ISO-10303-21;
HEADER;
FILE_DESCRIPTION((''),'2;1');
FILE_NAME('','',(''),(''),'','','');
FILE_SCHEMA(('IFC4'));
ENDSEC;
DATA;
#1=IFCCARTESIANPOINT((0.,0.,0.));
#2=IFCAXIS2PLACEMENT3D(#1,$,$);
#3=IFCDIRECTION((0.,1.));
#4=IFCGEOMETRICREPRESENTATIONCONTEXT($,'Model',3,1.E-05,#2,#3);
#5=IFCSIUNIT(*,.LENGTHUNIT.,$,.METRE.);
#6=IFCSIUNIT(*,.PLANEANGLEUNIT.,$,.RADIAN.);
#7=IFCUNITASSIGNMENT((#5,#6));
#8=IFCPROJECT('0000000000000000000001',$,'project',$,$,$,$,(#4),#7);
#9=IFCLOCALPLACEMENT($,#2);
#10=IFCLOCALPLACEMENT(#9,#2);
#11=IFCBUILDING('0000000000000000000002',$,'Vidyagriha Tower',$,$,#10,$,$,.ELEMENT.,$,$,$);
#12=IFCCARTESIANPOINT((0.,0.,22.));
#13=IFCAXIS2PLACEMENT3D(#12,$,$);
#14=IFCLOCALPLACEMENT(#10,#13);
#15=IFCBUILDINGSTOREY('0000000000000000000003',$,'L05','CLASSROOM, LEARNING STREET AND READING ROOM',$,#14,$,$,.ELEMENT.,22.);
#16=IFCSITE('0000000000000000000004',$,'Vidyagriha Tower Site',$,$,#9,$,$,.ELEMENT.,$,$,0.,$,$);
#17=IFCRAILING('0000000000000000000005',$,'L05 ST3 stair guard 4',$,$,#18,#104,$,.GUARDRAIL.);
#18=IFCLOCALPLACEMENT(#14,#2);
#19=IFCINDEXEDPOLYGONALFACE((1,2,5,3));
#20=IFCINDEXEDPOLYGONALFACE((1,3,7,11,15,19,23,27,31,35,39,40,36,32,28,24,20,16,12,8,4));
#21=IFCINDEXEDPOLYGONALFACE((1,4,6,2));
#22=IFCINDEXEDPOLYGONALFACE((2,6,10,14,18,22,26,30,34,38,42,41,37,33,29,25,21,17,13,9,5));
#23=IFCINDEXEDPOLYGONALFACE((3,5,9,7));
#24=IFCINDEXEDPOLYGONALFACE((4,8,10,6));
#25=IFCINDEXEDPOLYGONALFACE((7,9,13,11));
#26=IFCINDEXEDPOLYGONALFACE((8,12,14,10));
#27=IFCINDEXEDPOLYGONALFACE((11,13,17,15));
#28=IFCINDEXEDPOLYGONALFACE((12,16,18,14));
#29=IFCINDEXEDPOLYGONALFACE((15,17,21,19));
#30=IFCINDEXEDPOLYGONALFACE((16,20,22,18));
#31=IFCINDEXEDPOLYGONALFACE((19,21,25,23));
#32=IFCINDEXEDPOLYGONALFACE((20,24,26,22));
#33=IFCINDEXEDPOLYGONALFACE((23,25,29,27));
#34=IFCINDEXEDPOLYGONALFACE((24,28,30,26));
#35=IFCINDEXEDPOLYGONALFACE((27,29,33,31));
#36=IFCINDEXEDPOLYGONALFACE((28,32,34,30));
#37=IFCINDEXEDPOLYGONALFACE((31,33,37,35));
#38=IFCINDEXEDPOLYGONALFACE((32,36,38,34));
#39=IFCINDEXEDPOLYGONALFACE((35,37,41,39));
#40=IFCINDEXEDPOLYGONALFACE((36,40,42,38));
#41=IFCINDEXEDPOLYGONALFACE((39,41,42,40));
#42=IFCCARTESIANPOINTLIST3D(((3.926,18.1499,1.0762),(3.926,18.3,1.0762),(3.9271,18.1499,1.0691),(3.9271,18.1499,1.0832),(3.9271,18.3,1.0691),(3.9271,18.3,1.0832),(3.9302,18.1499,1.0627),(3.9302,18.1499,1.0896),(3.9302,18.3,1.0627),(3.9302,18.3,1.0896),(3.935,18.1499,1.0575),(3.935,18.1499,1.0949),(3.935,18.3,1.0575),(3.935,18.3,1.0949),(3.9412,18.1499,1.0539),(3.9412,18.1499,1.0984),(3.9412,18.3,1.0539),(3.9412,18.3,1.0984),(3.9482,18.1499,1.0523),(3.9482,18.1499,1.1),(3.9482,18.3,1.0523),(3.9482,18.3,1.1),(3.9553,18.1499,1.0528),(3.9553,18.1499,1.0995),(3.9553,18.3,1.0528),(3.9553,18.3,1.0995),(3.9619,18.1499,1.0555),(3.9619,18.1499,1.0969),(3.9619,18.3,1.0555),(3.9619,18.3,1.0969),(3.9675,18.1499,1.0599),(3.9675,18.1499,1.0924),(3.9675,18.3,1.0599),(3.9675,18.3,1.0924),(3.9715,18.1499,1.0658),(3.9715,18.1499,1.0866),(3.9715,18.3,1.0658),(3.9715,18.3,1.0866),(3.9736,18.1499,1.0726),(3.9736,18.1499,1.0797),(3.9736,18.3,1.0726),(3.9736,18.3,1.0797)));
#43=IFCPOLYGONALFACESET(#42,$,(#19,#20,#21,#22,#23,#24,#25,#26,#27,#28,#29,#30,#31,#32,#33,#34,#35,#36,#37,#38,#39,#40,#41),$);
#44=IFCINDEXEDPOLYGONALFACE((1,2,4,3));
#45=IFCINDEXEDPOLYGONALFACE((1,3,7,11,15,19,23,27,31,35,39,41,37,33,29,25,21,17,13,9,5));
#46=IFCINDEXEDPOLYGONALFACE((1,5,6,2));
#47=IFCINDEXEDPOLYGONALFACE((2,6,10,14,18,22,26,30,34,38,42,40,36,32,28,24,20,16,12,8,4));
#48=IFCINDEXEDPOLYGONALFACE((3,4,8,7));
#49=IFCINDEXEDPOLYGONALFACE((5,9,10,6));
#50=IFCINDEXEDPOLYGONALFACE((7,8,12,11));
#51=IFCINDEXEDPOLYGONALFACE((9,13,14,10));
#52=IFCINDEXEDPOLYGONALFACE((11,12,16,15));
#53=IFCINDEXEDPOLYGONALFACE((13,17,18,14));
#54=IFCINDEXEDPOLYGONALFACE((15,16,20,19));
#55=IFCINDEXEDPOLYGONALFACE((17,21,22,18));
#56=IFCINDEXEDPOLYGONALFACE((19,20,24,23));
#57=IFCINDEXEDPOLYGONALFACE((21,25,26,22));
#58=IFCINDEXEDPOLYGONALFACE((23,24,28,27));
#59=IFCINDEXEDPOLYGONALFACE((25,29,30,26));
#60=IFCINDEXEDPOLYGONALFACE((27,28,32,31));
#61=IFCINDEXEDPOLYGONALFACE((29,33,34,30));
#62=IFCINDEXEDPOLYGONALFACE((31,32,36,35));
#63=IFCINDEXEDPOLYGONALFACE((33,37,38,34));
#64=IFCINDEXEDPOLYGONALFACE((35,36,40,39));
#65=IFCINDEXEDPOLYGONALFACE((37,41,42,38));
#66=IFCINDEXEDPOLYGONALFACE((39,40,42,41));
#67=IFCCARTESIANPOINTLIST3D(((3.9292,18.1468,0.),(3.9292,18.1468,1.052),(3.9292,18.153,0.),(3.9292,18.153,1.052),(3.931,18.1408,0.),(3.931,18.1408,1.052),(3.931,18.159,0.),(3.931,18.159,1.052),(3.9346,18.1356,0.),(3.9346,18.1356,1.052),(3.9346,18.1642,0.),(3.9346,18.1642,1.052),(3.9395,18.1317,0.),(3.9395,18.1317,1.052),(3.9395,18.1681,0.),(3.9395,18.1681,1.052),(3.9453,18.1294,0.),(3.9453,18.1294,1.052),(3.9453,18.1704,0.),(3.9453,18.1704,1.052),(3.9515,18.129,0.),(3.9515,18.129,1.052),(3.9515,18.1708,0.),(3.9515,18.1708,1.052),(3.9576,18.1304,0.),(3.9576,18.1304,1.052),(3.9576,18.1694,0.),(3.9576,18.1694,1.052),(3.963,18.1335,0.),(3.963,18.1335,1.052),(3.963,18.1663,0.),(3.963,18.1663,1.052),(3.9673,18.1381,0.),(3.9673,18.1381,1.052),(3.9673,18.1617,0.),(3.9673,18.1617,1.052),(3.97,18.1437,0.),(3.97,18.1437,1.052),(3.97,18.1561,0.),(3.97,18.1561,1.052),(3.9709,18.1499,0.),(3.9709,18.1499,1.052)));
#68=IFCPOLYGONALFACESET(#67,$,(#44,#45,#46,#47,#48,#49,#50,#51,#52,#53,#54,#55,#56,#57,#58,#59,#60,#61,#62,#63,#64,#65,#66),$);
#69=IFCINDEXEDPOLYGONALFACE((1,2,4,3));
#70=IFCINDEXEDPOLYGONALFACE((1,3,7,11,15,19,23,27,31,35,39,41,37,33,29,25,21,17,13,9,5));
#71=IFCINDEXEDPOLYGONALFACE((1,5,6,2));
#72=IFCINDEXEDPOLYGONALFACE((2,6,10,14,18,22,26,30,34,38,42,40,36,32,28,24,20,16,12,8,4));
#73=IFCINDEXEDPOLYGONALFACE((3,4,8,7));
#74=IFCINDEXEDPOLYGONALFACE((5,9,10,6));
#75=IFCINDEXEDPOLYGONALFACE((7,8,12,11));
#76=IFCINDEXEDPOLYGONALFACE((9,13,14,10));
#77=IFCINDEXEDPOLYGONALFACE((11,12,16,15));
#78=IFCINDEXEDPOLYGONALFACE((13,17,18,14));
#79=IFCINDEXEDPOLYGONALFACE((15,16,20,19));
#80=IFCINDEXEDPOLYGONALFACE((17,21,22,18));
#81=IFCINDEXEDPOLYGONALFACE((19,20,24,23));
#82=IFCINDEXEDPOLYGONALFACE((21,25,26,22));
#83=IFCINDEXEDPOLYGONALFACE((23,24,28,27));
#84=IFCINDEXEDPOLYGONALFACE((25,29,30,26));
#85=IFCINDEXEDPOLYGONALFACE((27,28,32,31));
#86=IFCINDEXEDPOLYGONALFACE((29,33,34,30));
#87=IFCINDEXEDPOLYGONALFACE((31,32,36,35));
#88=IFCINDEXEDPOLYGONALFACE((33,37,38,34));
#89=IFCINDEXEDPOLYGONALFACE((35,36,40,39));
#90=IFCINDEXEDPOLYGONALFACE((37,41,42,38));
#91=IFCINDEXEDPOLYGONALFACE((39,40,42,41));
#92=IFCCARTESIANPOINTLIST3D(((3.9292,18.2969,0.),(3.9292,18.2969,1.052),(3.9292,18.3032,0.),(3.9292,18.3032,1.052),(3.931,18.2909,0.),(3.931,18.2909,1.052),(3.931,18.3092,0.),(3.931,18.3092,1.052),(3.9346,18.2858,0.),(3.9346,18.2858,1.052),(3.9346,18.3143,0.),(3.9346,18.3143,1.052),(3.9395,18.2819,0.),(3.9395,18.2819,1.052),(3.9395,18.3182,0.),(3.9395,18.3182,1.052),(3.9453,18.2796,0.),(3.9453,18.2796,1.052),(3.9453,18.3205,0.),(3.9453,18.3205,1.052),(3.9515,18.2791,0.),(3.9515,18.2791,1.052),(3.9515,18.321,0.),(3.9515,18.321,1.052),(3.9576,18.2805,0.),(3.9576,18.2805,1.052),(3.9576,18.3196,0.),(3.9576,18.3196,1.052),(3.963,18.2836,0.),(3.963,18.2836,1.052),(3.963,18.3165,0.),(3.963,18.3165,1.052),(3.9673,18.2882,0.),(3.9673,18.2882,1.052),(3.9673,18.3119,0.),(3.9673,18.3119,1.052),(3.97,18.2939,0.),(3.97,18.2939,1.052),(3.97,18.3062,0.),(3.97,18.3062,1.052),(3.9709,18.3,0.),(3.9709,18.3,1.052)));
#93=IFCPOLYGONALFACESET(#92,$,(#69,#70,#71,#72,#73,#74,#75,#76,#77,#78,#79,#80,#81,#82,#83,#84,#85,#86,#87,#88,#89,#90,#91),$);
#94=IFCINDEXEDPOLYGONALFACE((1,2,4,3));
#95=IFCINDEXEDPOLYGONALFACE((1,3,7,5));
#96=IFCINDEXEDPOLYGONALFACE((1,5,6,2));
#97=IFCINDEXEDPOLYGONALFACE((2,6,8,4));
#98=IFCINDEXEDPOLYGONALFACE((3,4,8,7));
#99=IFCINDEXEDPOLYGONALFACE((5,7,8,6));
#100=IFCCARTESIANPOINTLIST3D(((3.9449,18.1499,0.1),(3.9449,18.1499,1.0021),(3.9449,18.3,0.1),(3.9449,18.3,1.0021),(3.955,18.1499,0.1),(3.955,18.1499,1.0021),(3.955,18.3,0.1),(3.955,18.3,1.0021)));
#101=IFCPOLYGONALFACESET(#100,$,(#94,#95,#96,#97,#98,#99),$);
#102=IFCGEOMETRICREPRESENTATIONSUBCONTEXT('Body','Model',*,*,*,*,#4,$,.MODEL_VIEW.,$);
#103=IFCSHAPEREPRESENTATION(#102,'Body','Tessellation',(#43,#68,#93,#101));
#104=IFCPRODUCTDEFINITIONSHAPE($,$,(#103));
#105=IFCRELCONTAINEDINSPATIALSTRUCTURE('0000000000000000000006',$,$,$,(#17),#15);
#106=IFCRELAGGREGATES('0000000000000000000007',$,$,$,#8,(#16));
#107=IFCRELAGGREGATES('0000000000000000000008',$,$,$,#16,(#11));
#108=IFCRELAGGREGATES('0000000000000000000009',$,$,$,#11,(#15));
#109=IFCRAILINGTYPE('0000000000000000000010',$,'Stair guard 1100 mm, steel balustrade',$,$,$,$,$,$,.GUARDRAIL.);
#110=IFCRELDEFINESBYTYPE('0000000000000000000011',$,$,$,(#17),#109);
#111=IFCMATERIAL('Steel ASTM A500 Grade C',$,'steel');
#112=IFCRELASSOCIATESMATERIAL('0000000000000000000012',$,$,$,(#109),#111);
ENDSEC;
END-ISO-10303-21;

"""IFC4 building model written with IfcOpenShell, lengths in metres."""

from ifc_helpers import new_model, si_unit, direction, frame, origin, origin_2d, place, context, subcontext, project, spatial, rectangle, circle, extrude, material, type_object, element, save


model = new_model("IFC4")

# Units and contexts
model_context = context("Model", 3, precision=1e-05, world=origin(), true_north=direction((0.0, 1.0)))
body_context = subcontext(model_context, "Body", "Model", "MODEL_VIEW")
ifc_project = project(units=[si_unit("LENGTHUNIT", "METRE"), si_unit("PLANEANGLEUNIT", "RADIAN")], contexts=[model_context])

# Site, building, storey
site_placement = place(None, origin())
site = spatial("IfcSite", under=ifc_project, at=site_placement, Name="Vidyagriha Tower Site", CompositionType="ELEMENT", RefElevation=0.0)
building_placement = place(site_placement, origin())
building = spatial("IfcBuilding", under=site, at=building_placement, Name="Vidyagriha Tower", CompositionType="ELEMENT")
storey_placement = place(building_placement, frame((0.0, 0.0, 22.0)))
storey = spatial("IfcBuildingStorey", under=building, at=storey_placement, Name="L05", Description="CLASSROOM, LEARNING STREET AND READING ROOM", CompositionType="ELEMENT", Elevation=22.0)

# Railing
ifc_material_1 = material(Name="Steel ASTM A500 Grade C", Category="steel")
railing_type_1 = type_object("IfcRailingType", Name="Stair guard 1100 mm, steel balustrade", PredefinedType="GUARDRAIL", material=ifc_material_1)
railing_1_placement = place(storey_placement, frame((3.95, 18.1499, 0.0)))
element("IfcRailing", 1, at=railing_1_placement, inside=storey, type_object=railing_type_1, Name="L05 ST3 stair guard 4", PredefinedType="GUARDRAIL", context=body_context, shape_type="SweptSolid", body=[
    extrude(circle(Radius=0.0239, at=origin_2d()), frame((0.0, 0.0, 1.0762), z_axis=(0.0, 1.0, 0.0), x_axis=(-1.0, 0.0, 0.0)), (0.0, 0.0, 1.0), 0.1501),
    extrude(circle(Radius=0.021, at=origin_2d()), origin(), (0.0, 0.0, 1.0), 1.052),
    extrude(circle(Radius=0.021, at=origin_2d()), frame((0.0, 0.1501, 0.0)), (0.0, 0.0, 1.0), 1.052),
    extrude(rectangle(XDim=0.01, YDim=0.9021, at=origin_2d()), frame((0.0, 0.0, 0.551), z_axis=(0.0, 1.0, 0.0), x_axis=(-1.0, 0.0, 0.0)), (0.0, 0.0, 1.0), 0.1501),
])

save(model, "model.ifc")
